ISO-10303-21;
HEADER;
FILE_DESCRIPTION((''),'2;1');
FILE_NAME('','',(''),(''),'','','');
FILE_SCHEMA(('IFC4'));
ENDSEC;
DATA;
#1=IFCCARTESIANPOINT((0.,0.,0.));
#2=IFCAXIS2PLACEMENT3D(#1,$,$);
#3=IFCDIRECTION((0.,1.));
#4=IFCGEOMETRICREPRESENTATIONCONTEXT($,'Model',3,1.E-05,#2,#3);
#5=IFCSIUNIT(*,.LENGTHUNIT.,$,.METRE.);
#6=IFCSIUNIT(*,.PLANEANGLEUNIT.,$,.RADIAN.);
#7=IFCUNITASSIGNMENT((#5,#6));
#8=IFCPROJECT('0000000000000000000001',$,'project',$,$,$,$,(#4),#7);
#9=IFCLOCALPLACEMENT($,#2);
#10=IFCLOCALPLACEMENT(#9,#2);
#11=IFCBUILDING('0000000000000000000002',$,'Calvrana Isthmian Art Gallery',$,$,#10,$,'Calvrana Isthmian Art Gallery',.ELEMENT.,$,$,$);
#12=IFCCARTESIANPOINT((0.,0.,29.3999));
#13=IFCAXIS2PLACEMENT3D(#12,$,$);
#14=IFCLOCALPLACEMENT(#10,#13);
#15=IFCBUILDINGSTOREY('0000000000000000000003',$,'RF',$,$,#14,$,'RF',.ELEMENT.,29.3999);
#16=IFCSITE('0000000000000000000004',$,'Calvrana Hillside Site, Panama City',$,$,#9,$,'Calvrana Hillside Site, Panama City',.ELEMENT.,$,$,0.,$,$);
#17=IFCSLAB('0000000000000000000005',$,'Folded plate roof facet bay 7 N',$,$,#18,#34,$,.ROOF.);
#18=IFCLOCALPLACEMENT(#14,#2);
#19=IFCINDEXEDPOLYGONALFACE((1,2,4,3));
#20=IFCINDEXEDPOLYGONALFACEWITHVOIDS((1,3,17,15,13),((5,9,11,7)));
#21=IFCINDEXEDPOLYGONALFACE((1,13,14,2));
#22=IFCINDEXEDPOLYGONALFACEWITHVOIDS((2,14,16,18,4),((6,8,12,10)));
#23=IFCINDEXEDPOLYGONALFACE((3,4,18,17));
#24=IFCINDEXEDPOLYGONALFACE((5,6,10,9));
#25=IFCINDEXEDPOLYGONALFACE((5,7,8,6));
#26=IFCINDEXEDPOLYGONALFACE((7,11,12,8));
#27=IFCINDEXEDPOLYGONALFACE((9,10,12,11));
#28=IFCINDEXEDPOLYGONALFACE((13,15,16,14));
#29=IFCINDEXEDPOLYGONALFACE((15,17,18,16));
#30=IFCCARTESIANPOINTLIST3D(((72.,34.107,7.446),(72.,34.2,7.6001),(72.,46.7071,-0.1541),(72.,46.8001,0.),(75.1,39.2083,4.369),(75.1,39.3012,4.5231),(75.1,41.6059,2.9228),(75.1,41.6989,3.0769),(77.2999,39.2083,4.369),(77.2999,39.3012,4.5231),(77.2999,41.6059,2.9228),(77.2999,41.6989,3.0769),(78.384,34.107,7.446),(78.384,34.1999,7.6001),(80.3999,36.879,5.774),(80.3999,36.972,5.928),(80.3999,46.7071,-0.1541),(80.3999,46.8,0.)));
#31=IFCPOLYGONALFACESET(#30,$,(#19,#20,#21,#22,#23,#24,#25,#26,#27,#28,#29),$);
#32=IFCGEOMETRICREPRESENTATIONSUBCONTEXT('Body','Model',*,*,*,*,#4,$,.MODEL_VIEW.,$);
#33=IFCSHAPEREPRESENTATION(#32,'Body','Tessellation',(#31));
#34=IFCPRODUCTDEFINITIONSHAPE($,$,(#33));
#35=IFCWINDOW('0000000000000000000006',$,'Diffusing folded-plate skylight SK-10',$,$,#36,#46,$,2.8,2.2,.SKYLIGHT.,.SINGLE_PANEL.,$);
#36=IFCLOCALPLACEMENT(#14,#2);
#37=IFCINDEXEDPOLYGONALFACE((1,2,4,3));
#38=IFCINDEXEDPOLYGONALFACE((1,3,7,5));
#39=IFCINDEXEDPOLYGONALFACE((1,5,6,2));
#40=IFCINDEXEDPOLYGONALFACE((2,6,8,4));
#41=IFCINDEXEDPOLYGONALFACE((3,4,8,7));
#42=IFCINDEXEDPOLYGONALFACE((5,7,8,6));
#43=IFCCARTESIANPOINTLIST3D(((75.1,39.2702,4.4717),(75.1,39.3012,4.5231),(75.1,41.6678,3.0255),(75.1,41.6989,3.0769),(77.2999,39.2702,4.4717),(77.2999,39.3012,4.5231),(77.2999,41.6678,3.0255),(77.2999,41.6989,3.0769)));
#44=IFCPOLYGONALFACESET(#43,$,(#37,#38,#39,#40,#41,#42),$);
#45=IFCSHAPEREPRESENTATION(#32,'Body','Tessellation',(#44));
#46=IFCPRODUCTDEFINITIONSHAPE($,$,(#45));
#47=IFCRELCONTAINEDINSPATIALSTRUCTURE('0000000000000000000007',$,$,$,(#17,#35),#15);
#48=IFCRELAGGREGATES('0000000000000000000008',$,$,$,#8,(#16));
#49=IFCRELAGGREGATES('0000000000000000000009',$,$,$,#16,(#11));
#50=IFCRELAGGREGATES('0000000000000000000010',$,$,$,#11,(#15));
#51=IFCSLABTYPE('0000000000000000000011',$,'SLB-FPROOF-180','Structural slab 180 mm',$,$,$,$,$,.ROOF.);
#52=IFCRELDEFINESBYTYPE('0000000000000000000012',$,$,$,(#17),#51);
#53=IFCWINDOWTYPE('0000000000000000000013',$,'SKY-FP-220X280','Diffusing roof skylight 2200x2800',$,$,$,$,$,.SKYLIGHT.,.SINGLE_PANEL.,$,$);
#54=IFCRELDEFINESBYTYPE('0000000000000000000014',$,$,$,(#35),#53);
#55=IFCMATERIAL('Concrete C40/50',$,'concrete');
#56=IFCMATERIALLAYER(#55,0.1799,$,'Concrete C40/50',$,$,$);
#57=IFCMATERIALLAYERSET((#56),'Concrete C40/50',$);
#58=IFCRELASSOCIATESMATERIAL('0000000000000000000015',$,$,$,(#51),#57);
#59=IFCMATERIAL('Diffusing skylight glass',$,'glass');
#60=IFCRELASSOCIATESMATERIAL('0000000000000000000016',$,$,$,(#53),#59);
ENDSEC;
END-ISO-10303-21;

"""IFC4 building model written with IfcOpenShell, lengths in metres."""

from ifc_helpers import new_model, si_unit, direction, frame, origin, origin_2d, place, context, subcontext, project, spatial, polyline, rectangle, outline, extrude, material, layer, layer_set, type_object, element, fill, save


model = new_model("IFC4")

# Units and contexts
model_context = context("Model", 3, precision=1e-05, world=origin(), true_north=direction((0.0, 1.0)))
body_context = subcontext(model_context, "Body", "Model", "MODEL_VIEW")
ifc_project = project(units=[si_unit("LENGTHUNIT", "METRE"), si_unit("PLANEANGLEUNIT", "RADIAN")], contexts=[model_context])

# Site, building, storey
site_placement = place(None, origin())
site = spatial("IfcSite", under=ifc_project, at=site_placement, Name="Calvrana Hillside Site, Panama City", LongName="Calvrana Hillside Site, Panama City", CompositionType="ELEMENT", RefElevation=0.0)
building_placement = place(site_placement, origin())
building = spatial("IfcBuilding", under=site, at=building_placement, Name="Calvrana Isthmian Art Gallery", LongName="Calvrana Isthmian Art Gallery", CompositionType="ELEMENT")
storey_placement = place(building_placement, frame((0.0, 0.0, 29.3999)))
storey = spatial("IfcBuildingStorey", under=building, at=storey_placement, Name="RF", LongName="RF", CompositionType="ELEMENT", Elevation=29.3999)

# Slab, opening, window
ifc_material_1 = material(Name="Concrete C40/50", Category="concrete")
ifc_layer_1 = layer(ifc_material_1, 0.1799, Name="Concrete C40/50")
ifc_layer_set_1 = layer_set([ifc_layer_1], Name="Concrete C40/50")
slab_type = type_object("IfcSlabType", Name="SLB-FPROOF-180", Description="Structural slab 180 mm", PredefinedType="ROOF", material=ifc_layer_set_1)
slab_placement = place(storey_placement, frame((72.0, 34.2, 7.6001), z_axis=(0.000007, 0.516494, 0.856291), x_axis=(1.0, -0.000003, -0.000006)))
slab = element("IfcSlab", 1, at=slab_placement, inside=storey, type_object=slab_type, Name="Folded plate roof facet bay 7 N", PredefinedType="ROOF", context=body_context, shape_type="SweptSolid", body=[
    extrude(outline(polyline([(0.0, 0.0), (6.384, 0.0), (8.3999, 3.2373), (8.3999, 14.7148), (0.0, 14.7148), (0.0, 0.0)])), origin(), (0.0, 0.0, -1.0), 0.1799),
])
opening_placement = place(slab_placement, frame((4.2, 7.3574, 0.0103)))
opening = element("IfcOpeningElement", 2, at=opening_placement, cuts=slab, PredefinedType="OPENING", context=body_context, shape_type="SweptSolid", body=[
    extrude(rectangle(XDim=2.2, YDim=2.8, at=origin_2d()), origin(), (0.0, 0.0, -1.0), 0.2004),
])
ifc_material_2 = material(Name="Diffusing skylight glass", Category="glass")
window_type = type_object("IfcWindowType", Name="SKY-FP-220X280", Description="Diffusing roof skylight 2200x2800", PartitioningType="SINGLE_PANEL", PredefinedType="SKYLIGHT", material=ifc_material_2)
window_placement = place(slab_placement, frame((4.2, 7.3574, 0.0)))
window = element("IfcWindow", 3, at=window_placement, inside=storey, type_object=window_type, Name="Diffusing folded-plate skylight SK-10", OverallHeight=2.8, OverallWidth=2.2, PartitioningType="SINGLE_PANEL", PredefinedType="SKYLIGHT", context=body_context, shape_type="SweptSolid", body=[
    extrude(rectangle(XDim=2.2, YDim=2.8, at=origin_2d()), origin(), (0.0, 0.0, -1.0), 0.0601),
])
fill(opening, window)

save(model, "model.ifc")
